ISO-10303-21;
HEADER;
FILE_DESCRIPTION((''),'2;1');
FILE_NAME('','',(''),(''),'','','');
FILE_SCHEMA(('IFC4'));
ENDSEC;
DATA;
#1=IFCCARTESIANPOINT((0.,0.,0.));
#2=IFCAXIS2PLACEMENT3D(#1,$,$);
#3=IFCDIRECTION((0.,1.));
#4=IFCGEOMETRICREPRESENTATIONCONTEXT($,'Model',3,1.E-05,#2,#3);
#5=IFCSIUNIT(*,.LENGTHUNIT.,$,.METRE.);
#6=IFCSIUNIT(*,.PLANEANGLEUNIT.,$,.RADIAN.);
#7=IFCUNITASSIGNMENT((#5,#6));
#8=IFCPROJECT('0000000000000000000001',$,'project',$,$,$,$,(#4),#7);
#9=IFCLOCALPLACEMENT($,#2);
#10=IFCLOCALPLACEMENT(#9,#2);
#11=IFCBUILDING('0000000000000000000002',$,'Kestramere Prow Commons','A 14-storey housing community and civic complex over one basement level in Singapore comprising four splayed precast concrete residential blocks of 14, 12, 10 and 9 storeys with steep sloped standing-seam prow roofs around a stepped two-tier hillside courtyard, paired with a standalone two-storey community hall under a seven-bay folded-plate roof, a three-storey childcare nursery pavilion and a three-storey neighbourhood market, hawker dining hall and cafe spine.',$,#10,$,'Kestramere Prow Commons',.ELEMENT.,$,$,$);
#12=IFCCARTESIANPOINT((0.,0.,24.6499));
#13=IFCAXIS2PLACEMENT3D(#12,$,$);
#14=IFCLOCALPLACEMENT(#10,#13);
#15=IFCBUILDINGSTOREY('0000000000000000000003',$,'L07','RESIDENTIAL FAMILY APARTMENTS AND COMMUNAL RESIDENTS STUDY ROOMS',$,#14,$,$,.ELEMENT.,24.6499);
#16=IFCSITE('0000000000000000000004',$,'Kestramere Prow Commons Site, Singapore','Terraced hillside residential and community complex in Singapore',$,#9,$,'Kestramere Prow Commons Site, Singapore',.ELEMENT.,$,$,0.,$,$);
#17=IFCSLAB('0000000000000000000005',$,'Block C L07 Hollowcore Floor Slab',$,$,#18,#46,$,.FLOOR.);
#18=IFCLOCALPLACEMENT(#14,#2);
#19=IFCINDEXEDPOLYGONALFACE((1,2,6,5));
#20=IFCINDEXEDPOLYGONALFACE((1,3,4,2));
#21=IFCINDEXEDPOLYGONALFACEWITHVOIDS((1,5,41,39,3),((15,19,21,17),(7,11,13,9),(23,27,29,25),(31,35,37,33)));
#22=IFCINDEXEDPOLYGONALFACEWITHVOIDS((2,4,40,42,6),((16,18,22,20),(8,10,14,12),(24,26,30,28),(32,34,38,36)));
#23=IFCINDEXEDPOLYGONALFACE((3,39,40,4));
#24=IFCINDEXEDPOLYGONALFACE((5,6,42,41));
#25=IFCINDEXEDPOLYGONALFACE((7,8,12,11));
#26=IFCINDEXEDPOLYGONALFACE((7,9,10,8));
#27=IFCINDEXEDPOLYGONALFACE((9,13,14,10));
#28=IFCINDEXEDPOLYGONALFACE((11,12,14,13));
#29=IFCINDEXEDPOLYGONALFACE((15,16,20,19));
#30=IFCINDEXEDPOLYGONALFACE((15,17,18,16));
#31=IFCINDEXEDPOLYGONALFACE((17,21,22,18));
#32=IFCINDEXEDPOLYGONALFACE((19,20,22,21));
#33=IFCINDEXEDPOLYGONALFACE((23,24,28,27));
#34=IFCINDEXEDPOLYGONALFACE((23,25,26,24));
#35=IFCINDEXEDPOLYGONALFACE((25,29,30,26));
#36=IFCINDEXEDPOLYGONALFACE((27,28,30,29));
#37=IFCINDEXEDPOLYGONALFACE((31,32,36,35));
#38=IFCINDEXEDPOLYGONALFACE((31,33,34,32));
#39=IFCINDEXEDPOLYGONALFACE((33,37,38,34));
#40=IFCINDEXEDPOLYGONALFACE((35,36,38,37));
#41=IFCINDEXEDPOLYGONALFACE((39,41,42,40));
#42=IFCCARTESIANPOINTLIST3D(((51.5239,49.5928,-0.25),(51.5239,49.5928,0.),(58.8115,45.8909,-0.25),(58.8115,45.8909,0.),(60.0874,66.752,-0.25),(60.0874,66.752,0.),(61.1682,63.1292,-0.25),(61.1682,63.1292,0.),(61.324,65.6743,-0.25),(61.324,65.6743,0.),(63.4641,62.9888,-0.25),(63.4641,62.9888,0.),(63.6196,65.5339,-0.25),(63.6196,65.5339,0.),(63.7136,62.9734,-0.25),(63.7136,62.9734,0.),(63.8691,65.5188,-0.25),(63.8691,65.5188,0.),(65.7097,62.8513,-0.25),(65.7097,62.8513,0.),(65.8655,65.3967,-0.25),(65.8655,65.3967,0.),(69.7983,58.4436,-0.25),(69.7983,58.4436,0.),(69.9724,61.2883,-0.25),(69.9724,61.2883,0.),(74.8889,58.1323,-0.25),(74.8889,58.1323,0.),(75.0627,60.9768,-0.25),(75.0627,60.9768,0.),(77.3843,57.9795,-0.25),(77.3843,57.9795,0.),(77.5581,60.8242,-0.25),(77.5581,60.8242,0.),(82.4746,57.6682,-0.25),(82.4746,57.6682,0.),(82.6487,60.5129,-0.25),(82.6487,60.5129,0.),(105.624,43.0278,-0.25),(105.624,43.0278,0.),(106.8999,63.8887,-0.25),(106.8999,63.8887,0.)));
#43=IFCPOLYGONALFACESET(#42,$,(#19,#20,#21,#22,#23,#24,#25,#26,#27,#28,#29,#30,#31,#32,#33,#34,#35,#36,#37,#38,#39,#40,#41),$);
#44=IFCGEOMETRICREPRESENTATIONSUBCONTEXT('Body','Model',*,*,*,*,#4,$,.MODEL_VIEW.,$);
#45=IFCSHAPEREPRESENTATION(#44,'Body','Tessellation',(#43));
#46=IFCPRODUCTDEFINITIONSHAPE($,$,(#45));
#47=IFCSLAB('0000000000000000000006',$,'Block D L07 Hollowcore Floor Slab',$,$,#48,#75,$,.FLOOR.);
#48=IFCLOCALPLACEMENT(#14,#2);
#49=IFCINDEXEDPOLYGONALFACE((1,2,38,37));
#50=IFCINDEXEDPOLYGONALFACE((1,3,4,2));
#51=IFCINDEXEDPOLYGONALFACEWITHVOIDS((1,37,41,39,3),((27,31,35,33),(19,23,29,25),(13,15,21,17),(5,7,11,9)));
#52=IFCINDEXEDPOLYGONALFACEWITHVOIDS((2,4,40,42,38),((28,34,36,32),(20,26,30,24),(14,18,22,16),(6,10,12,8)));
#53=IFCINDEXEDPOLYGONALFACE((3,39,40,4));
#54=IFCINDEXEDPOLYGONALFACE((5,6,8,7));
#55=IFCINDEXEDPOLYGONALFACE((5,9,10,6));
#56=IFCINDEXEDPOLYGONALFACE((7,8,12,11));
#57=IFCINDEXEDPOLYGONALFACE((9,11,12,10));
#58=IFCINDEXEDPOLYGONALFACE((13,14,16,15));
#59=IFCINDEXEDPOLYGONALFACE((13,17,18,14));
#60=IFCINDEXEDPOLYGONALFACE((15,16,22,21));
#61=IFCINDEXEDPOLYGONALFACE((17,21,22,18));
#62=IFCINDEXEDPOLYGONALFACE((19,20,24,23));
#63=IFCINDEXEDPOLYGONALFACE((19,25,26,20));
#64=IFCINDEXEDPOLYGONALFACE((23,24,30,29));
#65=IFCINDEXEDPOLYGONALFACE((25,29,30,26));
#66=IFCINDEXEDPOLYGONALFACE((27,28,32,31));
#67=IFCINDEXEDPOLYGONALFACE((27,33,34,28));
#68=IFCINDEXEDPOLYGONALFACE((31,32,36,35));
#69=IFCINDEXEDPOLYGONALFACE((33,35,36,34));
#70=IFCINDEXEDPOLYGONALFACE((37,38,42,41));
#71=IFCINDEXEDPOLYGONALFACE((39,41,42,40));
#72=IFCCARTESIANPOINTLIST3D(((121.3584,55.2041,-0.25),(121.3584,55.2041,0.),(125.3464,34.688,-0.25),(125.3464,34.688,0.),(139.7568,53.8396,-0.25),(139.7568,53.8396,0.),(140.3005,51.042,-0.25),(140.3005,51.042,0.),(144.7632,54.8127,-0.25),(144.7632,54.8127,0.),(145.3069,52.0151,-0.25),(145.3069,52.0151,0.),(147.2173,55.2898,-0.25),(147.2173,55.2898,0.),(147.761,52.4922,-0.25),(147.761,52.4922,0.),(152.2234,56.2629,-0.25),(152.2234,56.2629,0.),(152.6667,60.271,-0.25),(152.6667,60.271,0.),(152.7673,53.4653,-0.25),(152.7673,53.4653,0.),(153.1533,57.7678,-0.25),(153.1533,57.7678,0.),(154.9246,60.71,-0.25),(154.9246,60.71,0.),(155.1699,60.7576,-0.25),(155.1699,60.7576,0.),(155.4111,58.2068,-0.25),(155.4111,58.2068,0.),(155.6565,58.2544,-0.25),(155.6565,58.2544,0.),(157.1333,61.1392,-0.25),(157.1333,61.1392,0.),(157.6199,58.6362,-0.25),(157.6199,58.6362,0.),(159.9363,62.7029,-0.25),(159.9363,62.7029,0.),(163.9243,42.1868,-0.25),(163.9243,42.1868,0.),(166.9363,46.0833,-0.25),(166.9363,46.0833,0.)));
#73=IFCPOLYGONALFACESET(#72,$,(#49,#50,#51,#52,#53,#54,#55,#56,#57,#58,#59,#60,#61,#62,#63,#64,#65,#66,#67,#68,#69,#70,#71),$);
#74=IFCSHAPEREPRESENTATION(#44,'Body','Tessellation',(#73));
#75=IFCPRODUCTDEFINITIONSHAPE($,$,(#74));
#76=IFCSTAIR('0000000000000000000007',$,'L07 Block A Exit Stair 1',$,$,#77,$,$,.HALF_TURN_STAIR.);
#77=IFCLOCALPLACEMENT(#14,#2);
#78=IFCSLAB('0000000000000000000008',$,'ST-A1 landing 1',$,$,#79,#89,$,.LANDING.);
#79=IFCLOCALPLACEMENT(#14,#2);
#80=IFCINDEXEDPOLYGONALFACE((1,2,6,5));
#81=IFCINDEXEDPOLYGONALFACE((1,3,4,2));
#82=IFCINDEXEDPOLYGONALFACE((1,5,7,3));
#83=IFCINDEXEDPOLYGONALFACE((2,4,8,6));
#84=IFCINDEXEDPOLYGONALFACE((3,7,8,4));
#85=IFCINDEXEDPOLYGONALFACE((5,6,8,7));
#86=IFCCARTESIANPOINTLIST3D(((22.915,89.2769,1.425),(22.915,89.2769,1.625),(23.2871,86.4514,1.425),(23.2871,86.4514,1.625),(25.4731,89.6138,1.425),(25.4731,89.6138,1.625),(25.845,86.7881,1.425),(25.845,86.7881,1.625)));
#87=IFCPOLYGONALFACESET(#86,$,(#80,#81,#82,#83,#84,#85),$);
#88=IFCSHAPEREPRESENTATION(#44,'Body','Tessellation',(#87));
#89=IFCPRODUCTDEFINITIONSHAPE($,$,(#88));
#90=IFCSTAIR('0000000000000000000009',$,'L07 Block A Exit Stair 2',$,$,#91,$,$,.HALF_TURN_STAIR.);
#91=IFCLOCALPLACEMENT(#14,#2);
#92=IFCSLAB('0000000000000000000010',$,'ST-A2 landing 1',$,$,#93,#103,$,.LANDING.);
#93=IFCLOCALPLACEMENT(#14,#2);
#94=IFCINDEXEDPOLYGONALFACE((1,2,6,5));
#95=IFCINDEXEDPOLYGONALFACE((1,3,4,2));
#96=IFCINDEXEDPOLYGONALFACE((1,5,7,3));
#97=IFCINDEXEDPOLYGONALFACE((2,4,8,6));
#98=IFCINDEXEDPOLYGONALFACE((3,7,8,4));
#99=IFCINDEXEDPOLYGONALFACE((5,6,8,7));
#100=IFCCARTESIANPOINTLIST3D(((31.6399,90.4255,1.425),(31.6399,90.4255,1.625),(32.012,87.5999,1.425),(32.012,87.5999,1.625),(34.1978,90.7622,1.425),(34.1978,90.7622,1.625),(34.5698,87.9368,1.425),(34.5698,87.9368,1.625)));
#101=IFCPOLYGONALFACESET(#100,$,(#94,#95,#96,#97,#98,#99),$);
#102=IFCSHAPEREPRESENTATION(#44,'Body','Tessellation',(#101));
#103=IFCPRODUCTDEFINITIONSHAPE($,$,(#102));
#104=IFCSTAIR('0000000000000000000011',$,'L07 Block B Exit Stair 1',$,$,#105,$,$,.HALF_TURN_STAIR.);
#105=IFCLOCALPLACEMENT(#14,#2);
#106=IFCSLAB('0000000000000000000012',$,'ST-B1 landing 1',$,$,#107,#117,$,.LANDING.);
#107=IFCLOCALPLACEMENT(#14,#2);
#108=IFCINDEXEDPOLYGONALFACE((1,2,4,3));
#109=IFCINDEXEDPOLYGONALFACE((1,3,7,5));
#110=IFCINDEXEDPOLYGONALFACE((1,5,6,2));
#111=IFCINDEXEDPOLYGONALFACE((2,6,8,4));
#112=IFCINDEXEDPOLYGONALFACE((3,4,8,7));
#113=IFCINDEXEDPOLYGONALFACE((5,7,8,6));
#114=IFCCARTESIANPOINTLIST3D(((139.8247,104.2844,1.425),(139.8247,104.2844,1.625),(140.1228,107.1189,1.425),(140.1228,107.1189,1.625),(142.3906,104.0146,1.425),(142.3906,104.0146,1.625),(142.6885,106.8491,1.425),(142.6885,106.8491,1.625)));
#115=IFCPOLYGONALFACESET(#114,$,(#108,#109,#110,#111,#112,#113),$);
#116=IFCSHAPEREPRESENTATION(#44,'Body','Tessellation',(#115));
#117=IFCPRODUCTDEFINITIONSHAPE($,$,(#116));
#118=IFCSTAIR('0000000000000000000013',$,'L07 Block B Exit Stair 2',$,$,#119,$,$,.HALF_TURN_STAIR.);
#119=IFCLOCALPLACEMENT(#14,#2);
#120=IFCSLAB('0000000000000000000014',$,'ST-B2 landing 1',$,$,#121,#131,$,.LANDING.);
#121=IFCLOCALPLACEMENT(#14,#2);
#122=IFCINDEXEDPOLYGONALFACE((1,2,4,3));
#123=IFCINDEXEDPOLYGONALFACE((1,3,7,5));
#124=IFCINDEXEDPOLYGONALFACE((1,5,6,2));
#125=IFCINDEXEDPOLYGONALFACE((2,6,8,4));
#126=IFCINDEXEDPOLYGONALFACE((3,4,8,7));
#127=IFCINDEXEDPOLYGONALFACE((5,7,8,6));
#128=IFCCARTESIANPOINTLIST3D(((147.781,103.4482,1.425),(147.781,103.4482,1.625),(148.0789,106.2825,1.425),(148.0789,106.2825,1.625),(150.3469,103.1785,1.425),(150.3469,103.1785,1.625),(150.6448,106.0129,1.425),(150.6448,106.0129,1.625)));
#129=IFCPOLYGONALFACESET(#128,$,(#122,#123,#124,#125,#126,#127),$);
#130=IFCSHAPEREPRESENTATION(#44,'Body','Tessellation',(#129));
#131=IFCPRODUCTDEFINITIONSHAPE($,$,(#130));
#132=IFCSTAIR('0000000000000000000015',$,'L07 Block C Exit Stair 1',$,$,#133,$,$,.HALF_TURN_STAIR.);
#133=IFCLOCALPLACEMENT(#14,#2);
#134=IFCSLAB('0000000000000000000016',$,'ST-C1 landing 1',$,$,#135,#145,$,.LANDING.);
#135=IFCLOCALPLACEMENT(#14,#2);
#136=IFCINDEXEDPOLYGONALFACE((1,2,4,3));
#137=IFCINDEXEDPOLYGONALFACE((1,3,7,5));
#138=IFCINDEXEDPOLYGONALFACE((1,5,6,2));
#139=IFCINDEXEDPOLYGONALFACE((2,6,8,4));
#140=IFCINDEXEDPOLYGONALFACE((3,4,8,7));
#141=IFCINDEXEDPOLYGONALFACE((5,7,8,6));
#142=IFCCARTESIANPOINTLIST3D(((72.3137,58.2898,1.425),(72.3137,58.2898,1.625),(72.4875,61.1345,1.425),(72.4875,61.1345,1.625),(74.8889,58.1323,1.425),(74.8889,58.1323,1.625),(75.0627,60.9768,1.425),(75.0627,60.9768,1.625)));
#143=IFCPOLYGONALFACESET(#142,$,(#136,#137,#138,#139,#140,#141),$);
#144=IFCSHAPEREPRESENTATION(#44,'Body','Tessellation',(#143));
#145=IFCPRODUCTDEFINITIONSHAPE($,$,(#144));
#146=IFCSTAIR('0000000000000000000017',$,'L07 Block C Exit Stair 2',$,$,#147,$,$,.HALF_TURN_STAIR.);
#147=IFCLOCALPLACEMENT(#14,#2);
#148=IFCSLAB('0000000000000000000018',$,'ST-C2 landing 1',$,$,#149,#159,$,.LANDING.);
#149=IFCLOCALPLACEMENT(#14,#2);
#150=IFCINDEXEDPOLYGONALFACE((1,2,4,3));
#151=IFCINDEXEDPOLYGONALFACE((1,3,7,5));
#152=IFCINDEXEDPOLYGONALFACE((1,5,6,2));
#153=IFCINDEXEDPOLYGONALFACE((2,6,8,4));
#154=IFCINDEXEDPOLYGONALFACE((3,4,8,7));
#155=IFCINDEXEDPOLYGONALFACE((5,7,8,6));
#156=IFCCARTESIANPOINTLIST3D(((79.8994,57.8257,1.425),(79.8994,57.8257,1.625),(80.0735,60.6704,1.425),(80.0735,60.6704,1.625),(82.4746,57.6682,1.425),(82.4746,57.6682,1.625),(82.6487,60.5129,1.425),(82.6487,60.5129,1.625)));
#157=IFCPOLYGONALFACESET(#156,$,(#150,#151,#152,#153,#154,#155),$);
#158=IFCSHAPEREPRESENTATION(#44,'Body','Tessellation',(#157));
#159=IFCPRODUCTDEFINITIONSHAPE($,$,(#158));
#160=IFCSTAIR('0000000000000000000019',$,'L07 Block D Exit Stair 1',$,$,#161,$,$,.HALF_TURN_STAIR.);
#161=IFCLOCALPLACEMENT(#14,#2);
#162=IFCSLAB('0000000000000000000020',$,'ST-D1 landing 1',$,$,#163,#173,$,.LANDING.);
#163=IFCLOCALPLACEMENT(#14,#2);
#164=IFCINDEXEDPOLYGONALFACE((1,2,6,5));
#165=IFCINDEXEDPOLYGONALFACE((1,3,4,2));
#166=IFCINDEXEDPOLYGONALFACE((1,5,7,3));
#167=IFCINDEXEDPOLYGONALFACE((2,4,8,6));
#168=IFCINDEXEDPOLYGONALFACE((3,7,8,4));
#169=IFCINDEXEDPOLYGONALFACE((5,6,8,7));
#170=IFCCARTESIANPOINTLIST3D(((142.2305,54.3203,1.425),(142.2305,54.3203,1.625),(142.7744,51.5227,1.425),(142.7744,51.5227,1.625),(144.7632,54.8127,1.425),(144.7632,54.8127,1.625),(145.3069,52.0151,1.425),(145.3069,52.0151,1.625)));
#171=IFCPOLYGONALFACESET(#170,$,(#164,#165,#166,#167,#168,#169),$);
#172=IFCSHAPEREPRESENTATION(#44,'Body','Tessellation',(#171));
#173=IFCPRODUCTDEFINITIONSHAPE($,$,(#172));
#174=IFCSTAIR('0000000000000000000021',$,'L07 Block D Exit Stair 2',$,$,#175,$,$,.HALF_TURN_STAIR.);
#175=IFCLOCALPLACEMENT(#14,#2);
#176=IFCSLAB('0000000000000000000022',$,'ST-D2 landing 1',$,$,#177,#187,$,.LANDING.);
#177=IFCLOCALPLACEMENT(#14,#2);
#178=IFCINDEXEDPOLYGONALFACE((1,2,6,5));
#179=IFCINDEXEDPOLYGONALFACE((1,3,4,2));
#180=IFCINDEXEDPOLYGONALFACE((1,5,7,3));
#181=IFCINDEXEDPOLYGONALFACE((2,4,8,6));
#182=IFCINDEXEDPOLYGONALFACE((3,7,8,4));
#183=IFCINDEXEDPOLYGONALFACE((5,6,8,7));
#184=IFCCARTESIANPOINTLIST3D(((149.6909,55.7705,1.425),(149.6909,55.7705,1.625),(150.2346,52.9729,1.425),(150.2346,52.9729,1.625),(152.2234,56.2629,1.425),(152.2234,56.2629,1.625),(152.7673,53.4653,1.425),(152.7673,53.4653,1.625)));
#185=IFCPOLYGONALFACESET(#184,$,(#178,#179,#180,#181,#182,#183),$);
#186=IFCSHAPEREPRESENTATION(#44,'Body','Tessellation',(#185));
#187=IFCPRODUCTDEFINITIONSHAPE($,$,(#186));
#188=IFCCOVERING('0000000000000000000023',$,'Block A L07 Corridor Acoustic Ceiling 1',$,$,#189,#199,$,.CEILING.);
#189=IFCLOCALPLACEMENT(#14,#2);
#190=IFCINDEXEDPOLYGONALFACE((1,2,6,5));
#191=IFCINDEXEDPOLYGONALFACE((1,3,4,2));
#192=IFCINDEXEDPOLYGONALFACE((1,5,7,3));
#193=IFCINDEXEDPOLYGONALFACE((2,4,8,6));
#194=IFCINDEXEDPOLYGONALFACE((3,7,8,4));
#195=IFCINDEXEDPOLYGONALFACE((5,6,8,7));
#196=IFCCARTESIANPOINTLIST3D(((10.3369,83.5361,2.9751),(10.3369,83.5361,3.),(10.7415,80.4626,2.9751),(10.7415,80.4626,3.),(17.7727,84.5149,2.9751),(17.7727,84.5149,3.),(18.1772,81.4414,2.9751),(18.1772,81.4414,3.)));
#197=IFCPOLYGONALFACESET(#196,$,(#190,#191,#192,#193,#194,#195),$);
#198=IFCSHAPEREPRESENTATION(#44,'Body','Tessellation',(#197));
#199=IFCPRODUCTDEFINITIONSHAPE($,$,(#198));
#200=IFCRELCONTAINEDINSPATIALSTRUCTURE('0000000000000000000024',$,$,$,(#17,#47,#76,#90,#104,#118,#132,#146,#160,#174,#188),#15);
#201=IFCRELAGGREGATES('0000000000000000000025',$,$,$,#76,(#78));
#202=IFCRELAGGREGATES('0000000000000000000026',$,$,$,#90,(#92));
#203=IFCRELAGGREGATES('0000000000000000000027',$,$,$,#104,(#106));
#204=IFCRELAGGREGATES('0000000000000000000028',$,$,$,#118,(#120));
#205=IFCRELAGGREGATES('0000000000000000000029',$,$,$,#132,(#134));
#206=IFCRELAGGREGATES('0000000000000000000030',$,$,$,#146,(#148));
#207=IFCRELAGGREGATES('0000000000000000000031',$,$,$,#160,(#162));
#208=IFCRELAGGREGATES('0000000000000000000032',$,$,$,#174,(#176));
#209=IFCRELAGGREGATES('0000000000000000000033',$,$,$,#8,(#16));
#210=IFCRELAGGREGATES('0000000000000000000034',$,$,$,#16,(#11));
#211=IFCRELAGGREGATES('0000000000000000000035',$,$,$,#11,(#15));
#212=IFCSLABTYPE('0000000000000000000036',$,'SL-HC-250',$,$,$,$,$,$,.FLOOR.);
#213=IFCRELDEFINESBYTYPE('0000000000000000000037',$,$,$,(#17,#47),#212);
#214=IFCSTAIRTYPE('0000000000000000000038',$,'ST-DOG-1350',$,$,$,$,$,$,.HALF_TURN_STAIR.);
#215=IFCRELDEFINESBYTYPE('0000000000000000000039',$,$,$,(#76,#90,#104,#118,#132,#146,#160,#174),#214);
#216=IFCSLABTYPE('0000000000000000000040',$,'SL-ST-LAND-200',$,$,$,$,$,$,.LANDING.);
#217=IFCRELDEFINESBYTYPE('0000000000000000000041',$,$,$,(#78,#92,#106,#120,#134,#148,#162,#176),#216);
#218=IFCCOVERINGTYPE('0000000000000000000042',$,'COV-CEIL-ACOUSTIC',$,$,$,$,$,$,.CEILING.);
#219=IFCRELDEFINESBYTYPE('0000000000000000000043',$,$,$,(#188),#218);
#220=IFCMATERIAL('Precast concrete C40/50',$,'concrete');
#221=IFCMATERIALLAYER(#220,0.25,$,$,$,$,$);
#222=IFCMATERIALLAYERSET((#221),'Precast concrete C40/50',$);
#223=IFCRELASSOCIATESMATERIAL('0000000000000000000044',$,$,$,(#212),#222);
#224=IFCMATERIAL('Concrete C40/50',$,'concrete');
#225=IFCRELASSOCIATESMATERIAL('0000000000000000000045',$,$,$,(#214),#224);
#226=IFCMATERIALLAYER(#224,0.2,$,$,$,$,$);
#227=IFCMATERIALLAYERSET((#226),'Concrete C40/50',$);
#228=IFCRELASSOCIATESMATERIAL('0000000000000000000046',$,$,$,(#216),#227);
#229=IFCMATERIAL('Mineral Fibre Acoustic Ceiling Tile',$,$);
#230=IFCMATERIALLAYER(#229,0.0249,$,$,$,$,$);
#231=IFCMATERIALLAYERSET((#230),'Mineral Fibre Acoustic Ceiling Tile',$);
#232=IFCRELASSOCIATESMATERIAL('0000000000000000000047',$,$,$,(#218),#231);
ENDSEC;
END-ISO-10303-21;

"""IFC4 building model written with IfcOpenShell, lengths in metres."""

from ifc_helpers import new_model, si_unit, direction, frame, origin, place, context, subcontext, project, spatial, polyline, outline, extrude, material, layer, layer_set, type_object, element, aggregate, save


model = new_model("IFC4")

# Units and contexts
model_context = context("Model", 3, precision=1e-05, world=origin(), true_north=direction((0.0, 1.0)))
body_context = subcontext(model_context, "Body", "Model", "MODEL_VIEW")
ifc_project = project(units=[si_unit("LENGTHUNIT", "METRE"), si_unit("PLANEANGLEUNIT", "RADIAN")], contexts=[model_context])

# Site, building, storey
site_placement = place(None, origin())
site = spatial("IfcSite", under=ifc_project, at=site_placement, Name="Kestramere Prow Commons Site, Singapore", Description="Terraced hillside residential and community complex in Singapore", LongName="Kestramere Prow Commons Site, Singapore", CompositionType="ELEMENT", RefElevation=0.0)
building_placement = place(site_placement, origin())
building = spatial("IfcBuilding", under=site, at=building_placement, Name="Kestramere Prow Commons", Description="A 14-storey housing community and civic complex over one basement level in Singapore comprising four splayed precast concrete residential blocks of 14, 12, 10 and 9 storeys with steep sloped standing-seam prow roofs around a stepped two-tier hillside courtyard, paired with a standalone two-storey community hall under a seven-bay folded-plate roof, a three-storey childcare nursery pavilion and a three-storey neighbourhood market, hawker dining hall and cafe spine.", LongName="Kestramere Prow Commons", CompositionType="ELEMENT")
storey_placement = place(building_placement, frame((0.0, 0.0, 24.6499)))
storey = spatial("IfcBuildingStorey", under=building, at=storey_placement, Name="L07", Description="RESIDENTIAL FAMILY APARTMENTS AND COMMUNAL RESIDENTS STUDY ROOMS", CompositionType="ELEMENT", Elevation=24.6499)

# Slabs
ifc_material_1 = material(Name="Precast concrete C40/50", Category="concrete")
ifc_layer_1 = layer(ifc_material_1, 0.25)
ifc_layer_set_1 = layer_set([ifc_layer_1], Name="Precast concrete C40/50")
slab_type_1 = type_object("IfcSlabType", Name="SL-HC-250", PredefinedType="FLOOR", material=ifc_layer_set_1)
slab_1_placement = place(storey_placement, frame((0.0, 0.0, -0.25)))
element("IfcSlab", 1, at=slab_1_placement, inside=storey, type_object=slab_type_1, Name="Block C L07 Hollowcore Floor Slab", PredefinedType="FLOOR", context=body_context, shape_type="SweptSolid", body=[
    extrude(outline(polyline([(51.5239, 49.5928), (58.8115, 45.8909), (105.624, 43.0278), (106.8999, 63.8887), (60.0874, 66.752), (51.5239, 49.5928)]), holes=[polyline([(61.1682, 63.1292), (63.4641, 62.9888), (63.6196, 65.5339), (61.324, 65.6743), (61.1682, 63.1292)]), polyline([(63.7136, 62.9734), (65.7097, 62.8513), (65.8655, 65.3967), (63.8691, 65.5188), (63.7136, 62.9734)]), polyline([(69.7983, 58.4436), (74.8889, 58.1323), (75.0627, 60.9768), (69.9724, 61.2883), (69.7983, 58.4436)]), polyline([(77.3843, 57.9795), (82.4746, 57.6682), (82.6487, 60.5129), (77.5581, 60.8242), (77.3843, 57.9795)])]), origin(), (0.0, 0.0, 1.0), 0.25),
])
slab_2_placement = place(storey_placement, frame((0.0, 0.0, -0.25)))
element("IfcSlab", 2, at=slab_2_placement, inside=storey, type_object=slab_type_1, Name="Block D L07 Hollowcore Floor Slab", PredefinedType="FLOOR", context=body_context, shape_type="SweptSolid", body=[
    extrude(outline(polyline([(125.3464, 34.688), (163.9243, 42.1868), (166.9363, 46.0833), (159.9363, 62.7029), (121.3584, 55.2041), (125.3464, 34.688)]), holes=[polyline([(153.1533, 57.7678), (155.4111, 58.2068), (154.9246, 60.71), (152.6667, 60.271), (153.1533, 57.7678)]), polyline([(155.6565, 58.2544), (157.6199, 58.6362), (157.1333, 61.1392), (155.1699, 60.7576), (155.6565, 58.2544)]), polyline([(140.3005, 51.042), (145.3069, 52.0151), (144.7632, 54.8127), (139.7568, 53.8396), (140.3005, 51.042)]), polyline([(147.761, 52.4922), (152.7673, 53.4653), (152.2234, 56.2629), (147.2173, 55.2898), (147.761, 52.4922)])]), origin(), (0.0, 0.0, 1.0), 0.25),
])

# Stairs, slabs
ifc_material_2 = material(Name="Concrete C40/50", Category="concrete")
stair_type = type_object("IfcStairType", Name="ST-DOG-1350", PredefinedType="HALF_TURN_STAIR", material=ifc_material_2)
stair_1_placement = place(storey_placement, origin())
stair_1 = element("IfcStair", 3, at=stair_1_placement, inside=storey, type_object=stair_type, Name="L07 Block A Exit Stair 1", PredefinedType="HALF_TURN_STAIR")
ifc_layer_2 = layer(ifc_material_2, 0.2)
ifc_layer_set_2 = layer_set([ifc_layer_2], Name="Concrete C40/50")
slab_type_2 = type_object("IfcSlabType", Name="SL-ST-LAND-200", PredefinedType="LANDING", material=ifc_layer_set_2)
slab_3_placement = place(storey_placement, frame((0.0, 0.0, 1.425)))
slab_3 = element("IfcSlab", 4, at=slab_3_placement, type_object=slab_type_2, Name="ST-A1 landing 1", PredefinedType="LANDING", context=body_context, shape_type="SweptSolid", body=[
    extrude(outline(polyline([(23.2871, 86.4514), (25.845, 86.7881), (25.4731, 89.6138), (22.915, 89.2769), (23.2871, 86.4514)])), origin(), (0.0, 0.0, 1.0), 0.2),
])
aggregate(stair_1, [slab_3])
stair_2_placement = place(storey_placement, origin())
stair_2 = element("IfcStair", 5, at=stair_2_placement, inside=storey, type_object=stair_type, Name="L07 Block A Exit Stair 2", PredefinedType="HALF_TURN_STAIR")
slab_4_placement = place(storey_placement, frame((0.0, 0.0, 1.425)))
slab_4 = element("IfcSlab", 6, at=slab_4_placement, type_object=slab_type_2, Name="ST-A2 landing 1", PredefinedType="LANDING", context=body_context, shape_type="SweptSolid", body=[
    extrude(outline(polyline([(32.012, 87.5999), (34.5698, 87.9368), (34.1978, 90.7622), (31.6399, 90.4255), (32.012, 87.5999)])), origin(), (0.0, 0.0, 1.0), 0.2),
])
aggregate(stair_2, [slab_4])
stair_3_placement = place(storey_placement, origin())
stair_3 = element("IfcStair", 7, at=stair_3_placement, inside=storey, type_object=stair_type, Name="L07 Block B Exit Stair 1", PredefinedType="HALF_TURN_STAIR")
slab_5_placement = place(storey_placement, frame((0.0, 0.0, 1.425)))
slab_5 = element("IfcSlab", 8, at=slab_5_placement, type_object=slab_type_2, Name="ST-B1 landing 1", PredefinedType="LANDING", context=body_context, shape_type="SweptSolid", body=[
    extrude(outline(polyline([(139.8247, 104.2844), (142.3906, 104.0146), (142.6885, 106.8491), (140.1228, 107.1189), (139.8247, 104.2844)])), origin(), (0.0, 0.0, 1.0), 0.2),
])
aggregate(stair_3, [slab_5])
stair_4_placement = place(storey_placement, origin())
stair_4 = element("IfcStair", 9, at=stair_4_placement, inside=storey, type_object=stair_type, Name="L07 Block B Exit Stair 2", PredefinedType="HALF_TURN_STAIR")
slab_6_placement = place(storey_placement, frame((0.0, 0.0, 1.425)))
slab_6 = element("IfcSlab", 10, at=slab_6_placement, type_object=slab_type_2, Name="ST-B2 landing 1", PredefinedType="LANDING", context=body_context, shape_type="SweptSolid", body=[
    extrude(outline(polyline([(147.781, 103.4482), (150.3469, 103.1785), (150.6448, 106.0129), (148.0789, 106.2825), (147.781, 103.4482)])), origin(), (0.0, 0.0, 1.0), 0.2),
])
aggregate(stair_4, [slab_6])
stair_5_placement = place(storey_placement, origin())
stair_5 = element("IfcStair", 11, at=stair_5_placement, inside=storey, type_object=stair_type, Name="L07 Block C Exit Stair 1", PredefinedType="HALF_TURN_STAIR")
slab_7_placement = place(storey_placement, frame((0.0, 0.0, 1.425)))
slab_7 = element("IfcSlab", 12, at=slab_7_placement, type_object=slab_type_2, Name="ST-C1 landing 1", PredefinedType="LANDING", context=body_context, shape_type="SweptSolid", body=[
    extrude(outline(polyline([(72.3137, 58.2898), (74.8889, 58.1323), (75.0627, 60.9768), (72.4875, 61.1345), (72.3137, 58.2898)])), origin(), (0.0, 0.0, 1.0), 0.2),
])
aggregate(stair_5, [slab_7])
stair_6_placement = place(storey_placement, origin())
stair_6 = element("IfcStair", 13, at=stair_6_placement, inside=storey, type_object=stair_type, Name="L07 Block C Exit Stair 2", PredefinedType="HALF_TURN_STAIR")
slab_8_placement = place(storey_placement, frame((0.0, 0.0, 1.425)))
slab_8 = element("IfcSlab", 14, at=slab_8_placement, type_object=slab_type_2, Name="ST-C2 landing 1", PredefinedType="LANDING", context=body_context, shape_type="SweptSolid", body=[
    extrude(outline(polyline([(79.8994, 57.8257), (82.4746, 57.6682), (82.6487, 60.5129), (80.0735, 60.6704), (79.8994, 57.8257)])), origin(), (0.0, 0.0, 1.0), 0.2),
])
aggregate(stair_6, [slab_8])
stair_7_placement = place(storey_placement, origin())
stair_7 = element("IfcStair", 15, at=stair_7_placement, inside=storey, type_object=stair_type, Name="L07 Block D Exit Stair 1", PredefinedType="HALF_TURN_STAIR")
slab_9_placement = place(storey_placement, frame((0.0, 0.0, 1.425)))
slab_9 = element("IfcSlab", 16, at=slab_9_placement, type_object=slab_type_2, Name="ST-D1 landing 1", PredefinedType="LANDING", context=body_context, shape_type="SweptSolid", body=[
    extrude(outline(polyline([(142.7744, 51.5227), (145.3069, 52.0151), (144.7632, 54.8127), (142.2305, 54.3203), (142.7744, 51.5227)])), origin(), (0.0, 0.0, 1.0), 0.2),
])
aggregate(stair_7, [slab_9])
stair_8_placement = place(storey_placement, origin())
stair_8 = element("IfcStair", 17, at=stair_8_placement, inside=storey, type_object=stair_type, Name="L07 Block D Exit Stair 2", PredefinedType="HALF_TURN_STAIR")
slab_10_placement = place(storey_placement, frame((0.0, 0.0, 1.425)))
slab_10 = element("IfcSlab", 18, at=slab_10_placement, type_object=slab_type_2, Name="ST-D2 landing 1", PredefinedType="LANDING", context=body_context, shape_type="SweptSolid", body=[
    extrude(outline(polyline([(150.2346, 52.9729), (152.7673, 53.4653), (152.2234, 56.2629), (149.6909, 55.7705), (150.2346, 52.9729)])), origin(), (0.0, 0.0, 1.0), 0.2),
])
aggregate(stair_8, [slab_10])

# Covering
ifc_material_3 = material(Name="Mineral Fibre Acoustic Ceiling Tile")
ifc_layer_3 = layer(ifc_material_3, 0.0249)
ifc_layer_set_3 = layer_set([ifc_layer_3], Name="Mineral Fibre Acoustic Ceiling Tile")
covering_type_1 = type_object("IfcCoveringType", Name="COV-CEIL-ACOUSTIC", PredefinedType="CEILING", material=ifc_layer_set_3)
covering_1_placement = place(storey_placement, frame((0.0, 0.0, 2.9751)))
element("IfcCovering", 19, at=covering_1_placement, inside=storey, type_object=covering_type_1, Name="Block A L07 Corridor Acoustic Ceiling 1", PredefinedType="CEILING", context=body_context, shape_type="SweptSolid", body=[
    extrude(outline(polyline([(10.7415, 80.4626), (18.1772, 81.4414), (17.7727, 84.5149), (10.3369, 83.5361), (10.7415, 80.4626)])), origin(), (0.0, 0.0, 1.0), 0.0249),
])

save(model, "model.ifc")
